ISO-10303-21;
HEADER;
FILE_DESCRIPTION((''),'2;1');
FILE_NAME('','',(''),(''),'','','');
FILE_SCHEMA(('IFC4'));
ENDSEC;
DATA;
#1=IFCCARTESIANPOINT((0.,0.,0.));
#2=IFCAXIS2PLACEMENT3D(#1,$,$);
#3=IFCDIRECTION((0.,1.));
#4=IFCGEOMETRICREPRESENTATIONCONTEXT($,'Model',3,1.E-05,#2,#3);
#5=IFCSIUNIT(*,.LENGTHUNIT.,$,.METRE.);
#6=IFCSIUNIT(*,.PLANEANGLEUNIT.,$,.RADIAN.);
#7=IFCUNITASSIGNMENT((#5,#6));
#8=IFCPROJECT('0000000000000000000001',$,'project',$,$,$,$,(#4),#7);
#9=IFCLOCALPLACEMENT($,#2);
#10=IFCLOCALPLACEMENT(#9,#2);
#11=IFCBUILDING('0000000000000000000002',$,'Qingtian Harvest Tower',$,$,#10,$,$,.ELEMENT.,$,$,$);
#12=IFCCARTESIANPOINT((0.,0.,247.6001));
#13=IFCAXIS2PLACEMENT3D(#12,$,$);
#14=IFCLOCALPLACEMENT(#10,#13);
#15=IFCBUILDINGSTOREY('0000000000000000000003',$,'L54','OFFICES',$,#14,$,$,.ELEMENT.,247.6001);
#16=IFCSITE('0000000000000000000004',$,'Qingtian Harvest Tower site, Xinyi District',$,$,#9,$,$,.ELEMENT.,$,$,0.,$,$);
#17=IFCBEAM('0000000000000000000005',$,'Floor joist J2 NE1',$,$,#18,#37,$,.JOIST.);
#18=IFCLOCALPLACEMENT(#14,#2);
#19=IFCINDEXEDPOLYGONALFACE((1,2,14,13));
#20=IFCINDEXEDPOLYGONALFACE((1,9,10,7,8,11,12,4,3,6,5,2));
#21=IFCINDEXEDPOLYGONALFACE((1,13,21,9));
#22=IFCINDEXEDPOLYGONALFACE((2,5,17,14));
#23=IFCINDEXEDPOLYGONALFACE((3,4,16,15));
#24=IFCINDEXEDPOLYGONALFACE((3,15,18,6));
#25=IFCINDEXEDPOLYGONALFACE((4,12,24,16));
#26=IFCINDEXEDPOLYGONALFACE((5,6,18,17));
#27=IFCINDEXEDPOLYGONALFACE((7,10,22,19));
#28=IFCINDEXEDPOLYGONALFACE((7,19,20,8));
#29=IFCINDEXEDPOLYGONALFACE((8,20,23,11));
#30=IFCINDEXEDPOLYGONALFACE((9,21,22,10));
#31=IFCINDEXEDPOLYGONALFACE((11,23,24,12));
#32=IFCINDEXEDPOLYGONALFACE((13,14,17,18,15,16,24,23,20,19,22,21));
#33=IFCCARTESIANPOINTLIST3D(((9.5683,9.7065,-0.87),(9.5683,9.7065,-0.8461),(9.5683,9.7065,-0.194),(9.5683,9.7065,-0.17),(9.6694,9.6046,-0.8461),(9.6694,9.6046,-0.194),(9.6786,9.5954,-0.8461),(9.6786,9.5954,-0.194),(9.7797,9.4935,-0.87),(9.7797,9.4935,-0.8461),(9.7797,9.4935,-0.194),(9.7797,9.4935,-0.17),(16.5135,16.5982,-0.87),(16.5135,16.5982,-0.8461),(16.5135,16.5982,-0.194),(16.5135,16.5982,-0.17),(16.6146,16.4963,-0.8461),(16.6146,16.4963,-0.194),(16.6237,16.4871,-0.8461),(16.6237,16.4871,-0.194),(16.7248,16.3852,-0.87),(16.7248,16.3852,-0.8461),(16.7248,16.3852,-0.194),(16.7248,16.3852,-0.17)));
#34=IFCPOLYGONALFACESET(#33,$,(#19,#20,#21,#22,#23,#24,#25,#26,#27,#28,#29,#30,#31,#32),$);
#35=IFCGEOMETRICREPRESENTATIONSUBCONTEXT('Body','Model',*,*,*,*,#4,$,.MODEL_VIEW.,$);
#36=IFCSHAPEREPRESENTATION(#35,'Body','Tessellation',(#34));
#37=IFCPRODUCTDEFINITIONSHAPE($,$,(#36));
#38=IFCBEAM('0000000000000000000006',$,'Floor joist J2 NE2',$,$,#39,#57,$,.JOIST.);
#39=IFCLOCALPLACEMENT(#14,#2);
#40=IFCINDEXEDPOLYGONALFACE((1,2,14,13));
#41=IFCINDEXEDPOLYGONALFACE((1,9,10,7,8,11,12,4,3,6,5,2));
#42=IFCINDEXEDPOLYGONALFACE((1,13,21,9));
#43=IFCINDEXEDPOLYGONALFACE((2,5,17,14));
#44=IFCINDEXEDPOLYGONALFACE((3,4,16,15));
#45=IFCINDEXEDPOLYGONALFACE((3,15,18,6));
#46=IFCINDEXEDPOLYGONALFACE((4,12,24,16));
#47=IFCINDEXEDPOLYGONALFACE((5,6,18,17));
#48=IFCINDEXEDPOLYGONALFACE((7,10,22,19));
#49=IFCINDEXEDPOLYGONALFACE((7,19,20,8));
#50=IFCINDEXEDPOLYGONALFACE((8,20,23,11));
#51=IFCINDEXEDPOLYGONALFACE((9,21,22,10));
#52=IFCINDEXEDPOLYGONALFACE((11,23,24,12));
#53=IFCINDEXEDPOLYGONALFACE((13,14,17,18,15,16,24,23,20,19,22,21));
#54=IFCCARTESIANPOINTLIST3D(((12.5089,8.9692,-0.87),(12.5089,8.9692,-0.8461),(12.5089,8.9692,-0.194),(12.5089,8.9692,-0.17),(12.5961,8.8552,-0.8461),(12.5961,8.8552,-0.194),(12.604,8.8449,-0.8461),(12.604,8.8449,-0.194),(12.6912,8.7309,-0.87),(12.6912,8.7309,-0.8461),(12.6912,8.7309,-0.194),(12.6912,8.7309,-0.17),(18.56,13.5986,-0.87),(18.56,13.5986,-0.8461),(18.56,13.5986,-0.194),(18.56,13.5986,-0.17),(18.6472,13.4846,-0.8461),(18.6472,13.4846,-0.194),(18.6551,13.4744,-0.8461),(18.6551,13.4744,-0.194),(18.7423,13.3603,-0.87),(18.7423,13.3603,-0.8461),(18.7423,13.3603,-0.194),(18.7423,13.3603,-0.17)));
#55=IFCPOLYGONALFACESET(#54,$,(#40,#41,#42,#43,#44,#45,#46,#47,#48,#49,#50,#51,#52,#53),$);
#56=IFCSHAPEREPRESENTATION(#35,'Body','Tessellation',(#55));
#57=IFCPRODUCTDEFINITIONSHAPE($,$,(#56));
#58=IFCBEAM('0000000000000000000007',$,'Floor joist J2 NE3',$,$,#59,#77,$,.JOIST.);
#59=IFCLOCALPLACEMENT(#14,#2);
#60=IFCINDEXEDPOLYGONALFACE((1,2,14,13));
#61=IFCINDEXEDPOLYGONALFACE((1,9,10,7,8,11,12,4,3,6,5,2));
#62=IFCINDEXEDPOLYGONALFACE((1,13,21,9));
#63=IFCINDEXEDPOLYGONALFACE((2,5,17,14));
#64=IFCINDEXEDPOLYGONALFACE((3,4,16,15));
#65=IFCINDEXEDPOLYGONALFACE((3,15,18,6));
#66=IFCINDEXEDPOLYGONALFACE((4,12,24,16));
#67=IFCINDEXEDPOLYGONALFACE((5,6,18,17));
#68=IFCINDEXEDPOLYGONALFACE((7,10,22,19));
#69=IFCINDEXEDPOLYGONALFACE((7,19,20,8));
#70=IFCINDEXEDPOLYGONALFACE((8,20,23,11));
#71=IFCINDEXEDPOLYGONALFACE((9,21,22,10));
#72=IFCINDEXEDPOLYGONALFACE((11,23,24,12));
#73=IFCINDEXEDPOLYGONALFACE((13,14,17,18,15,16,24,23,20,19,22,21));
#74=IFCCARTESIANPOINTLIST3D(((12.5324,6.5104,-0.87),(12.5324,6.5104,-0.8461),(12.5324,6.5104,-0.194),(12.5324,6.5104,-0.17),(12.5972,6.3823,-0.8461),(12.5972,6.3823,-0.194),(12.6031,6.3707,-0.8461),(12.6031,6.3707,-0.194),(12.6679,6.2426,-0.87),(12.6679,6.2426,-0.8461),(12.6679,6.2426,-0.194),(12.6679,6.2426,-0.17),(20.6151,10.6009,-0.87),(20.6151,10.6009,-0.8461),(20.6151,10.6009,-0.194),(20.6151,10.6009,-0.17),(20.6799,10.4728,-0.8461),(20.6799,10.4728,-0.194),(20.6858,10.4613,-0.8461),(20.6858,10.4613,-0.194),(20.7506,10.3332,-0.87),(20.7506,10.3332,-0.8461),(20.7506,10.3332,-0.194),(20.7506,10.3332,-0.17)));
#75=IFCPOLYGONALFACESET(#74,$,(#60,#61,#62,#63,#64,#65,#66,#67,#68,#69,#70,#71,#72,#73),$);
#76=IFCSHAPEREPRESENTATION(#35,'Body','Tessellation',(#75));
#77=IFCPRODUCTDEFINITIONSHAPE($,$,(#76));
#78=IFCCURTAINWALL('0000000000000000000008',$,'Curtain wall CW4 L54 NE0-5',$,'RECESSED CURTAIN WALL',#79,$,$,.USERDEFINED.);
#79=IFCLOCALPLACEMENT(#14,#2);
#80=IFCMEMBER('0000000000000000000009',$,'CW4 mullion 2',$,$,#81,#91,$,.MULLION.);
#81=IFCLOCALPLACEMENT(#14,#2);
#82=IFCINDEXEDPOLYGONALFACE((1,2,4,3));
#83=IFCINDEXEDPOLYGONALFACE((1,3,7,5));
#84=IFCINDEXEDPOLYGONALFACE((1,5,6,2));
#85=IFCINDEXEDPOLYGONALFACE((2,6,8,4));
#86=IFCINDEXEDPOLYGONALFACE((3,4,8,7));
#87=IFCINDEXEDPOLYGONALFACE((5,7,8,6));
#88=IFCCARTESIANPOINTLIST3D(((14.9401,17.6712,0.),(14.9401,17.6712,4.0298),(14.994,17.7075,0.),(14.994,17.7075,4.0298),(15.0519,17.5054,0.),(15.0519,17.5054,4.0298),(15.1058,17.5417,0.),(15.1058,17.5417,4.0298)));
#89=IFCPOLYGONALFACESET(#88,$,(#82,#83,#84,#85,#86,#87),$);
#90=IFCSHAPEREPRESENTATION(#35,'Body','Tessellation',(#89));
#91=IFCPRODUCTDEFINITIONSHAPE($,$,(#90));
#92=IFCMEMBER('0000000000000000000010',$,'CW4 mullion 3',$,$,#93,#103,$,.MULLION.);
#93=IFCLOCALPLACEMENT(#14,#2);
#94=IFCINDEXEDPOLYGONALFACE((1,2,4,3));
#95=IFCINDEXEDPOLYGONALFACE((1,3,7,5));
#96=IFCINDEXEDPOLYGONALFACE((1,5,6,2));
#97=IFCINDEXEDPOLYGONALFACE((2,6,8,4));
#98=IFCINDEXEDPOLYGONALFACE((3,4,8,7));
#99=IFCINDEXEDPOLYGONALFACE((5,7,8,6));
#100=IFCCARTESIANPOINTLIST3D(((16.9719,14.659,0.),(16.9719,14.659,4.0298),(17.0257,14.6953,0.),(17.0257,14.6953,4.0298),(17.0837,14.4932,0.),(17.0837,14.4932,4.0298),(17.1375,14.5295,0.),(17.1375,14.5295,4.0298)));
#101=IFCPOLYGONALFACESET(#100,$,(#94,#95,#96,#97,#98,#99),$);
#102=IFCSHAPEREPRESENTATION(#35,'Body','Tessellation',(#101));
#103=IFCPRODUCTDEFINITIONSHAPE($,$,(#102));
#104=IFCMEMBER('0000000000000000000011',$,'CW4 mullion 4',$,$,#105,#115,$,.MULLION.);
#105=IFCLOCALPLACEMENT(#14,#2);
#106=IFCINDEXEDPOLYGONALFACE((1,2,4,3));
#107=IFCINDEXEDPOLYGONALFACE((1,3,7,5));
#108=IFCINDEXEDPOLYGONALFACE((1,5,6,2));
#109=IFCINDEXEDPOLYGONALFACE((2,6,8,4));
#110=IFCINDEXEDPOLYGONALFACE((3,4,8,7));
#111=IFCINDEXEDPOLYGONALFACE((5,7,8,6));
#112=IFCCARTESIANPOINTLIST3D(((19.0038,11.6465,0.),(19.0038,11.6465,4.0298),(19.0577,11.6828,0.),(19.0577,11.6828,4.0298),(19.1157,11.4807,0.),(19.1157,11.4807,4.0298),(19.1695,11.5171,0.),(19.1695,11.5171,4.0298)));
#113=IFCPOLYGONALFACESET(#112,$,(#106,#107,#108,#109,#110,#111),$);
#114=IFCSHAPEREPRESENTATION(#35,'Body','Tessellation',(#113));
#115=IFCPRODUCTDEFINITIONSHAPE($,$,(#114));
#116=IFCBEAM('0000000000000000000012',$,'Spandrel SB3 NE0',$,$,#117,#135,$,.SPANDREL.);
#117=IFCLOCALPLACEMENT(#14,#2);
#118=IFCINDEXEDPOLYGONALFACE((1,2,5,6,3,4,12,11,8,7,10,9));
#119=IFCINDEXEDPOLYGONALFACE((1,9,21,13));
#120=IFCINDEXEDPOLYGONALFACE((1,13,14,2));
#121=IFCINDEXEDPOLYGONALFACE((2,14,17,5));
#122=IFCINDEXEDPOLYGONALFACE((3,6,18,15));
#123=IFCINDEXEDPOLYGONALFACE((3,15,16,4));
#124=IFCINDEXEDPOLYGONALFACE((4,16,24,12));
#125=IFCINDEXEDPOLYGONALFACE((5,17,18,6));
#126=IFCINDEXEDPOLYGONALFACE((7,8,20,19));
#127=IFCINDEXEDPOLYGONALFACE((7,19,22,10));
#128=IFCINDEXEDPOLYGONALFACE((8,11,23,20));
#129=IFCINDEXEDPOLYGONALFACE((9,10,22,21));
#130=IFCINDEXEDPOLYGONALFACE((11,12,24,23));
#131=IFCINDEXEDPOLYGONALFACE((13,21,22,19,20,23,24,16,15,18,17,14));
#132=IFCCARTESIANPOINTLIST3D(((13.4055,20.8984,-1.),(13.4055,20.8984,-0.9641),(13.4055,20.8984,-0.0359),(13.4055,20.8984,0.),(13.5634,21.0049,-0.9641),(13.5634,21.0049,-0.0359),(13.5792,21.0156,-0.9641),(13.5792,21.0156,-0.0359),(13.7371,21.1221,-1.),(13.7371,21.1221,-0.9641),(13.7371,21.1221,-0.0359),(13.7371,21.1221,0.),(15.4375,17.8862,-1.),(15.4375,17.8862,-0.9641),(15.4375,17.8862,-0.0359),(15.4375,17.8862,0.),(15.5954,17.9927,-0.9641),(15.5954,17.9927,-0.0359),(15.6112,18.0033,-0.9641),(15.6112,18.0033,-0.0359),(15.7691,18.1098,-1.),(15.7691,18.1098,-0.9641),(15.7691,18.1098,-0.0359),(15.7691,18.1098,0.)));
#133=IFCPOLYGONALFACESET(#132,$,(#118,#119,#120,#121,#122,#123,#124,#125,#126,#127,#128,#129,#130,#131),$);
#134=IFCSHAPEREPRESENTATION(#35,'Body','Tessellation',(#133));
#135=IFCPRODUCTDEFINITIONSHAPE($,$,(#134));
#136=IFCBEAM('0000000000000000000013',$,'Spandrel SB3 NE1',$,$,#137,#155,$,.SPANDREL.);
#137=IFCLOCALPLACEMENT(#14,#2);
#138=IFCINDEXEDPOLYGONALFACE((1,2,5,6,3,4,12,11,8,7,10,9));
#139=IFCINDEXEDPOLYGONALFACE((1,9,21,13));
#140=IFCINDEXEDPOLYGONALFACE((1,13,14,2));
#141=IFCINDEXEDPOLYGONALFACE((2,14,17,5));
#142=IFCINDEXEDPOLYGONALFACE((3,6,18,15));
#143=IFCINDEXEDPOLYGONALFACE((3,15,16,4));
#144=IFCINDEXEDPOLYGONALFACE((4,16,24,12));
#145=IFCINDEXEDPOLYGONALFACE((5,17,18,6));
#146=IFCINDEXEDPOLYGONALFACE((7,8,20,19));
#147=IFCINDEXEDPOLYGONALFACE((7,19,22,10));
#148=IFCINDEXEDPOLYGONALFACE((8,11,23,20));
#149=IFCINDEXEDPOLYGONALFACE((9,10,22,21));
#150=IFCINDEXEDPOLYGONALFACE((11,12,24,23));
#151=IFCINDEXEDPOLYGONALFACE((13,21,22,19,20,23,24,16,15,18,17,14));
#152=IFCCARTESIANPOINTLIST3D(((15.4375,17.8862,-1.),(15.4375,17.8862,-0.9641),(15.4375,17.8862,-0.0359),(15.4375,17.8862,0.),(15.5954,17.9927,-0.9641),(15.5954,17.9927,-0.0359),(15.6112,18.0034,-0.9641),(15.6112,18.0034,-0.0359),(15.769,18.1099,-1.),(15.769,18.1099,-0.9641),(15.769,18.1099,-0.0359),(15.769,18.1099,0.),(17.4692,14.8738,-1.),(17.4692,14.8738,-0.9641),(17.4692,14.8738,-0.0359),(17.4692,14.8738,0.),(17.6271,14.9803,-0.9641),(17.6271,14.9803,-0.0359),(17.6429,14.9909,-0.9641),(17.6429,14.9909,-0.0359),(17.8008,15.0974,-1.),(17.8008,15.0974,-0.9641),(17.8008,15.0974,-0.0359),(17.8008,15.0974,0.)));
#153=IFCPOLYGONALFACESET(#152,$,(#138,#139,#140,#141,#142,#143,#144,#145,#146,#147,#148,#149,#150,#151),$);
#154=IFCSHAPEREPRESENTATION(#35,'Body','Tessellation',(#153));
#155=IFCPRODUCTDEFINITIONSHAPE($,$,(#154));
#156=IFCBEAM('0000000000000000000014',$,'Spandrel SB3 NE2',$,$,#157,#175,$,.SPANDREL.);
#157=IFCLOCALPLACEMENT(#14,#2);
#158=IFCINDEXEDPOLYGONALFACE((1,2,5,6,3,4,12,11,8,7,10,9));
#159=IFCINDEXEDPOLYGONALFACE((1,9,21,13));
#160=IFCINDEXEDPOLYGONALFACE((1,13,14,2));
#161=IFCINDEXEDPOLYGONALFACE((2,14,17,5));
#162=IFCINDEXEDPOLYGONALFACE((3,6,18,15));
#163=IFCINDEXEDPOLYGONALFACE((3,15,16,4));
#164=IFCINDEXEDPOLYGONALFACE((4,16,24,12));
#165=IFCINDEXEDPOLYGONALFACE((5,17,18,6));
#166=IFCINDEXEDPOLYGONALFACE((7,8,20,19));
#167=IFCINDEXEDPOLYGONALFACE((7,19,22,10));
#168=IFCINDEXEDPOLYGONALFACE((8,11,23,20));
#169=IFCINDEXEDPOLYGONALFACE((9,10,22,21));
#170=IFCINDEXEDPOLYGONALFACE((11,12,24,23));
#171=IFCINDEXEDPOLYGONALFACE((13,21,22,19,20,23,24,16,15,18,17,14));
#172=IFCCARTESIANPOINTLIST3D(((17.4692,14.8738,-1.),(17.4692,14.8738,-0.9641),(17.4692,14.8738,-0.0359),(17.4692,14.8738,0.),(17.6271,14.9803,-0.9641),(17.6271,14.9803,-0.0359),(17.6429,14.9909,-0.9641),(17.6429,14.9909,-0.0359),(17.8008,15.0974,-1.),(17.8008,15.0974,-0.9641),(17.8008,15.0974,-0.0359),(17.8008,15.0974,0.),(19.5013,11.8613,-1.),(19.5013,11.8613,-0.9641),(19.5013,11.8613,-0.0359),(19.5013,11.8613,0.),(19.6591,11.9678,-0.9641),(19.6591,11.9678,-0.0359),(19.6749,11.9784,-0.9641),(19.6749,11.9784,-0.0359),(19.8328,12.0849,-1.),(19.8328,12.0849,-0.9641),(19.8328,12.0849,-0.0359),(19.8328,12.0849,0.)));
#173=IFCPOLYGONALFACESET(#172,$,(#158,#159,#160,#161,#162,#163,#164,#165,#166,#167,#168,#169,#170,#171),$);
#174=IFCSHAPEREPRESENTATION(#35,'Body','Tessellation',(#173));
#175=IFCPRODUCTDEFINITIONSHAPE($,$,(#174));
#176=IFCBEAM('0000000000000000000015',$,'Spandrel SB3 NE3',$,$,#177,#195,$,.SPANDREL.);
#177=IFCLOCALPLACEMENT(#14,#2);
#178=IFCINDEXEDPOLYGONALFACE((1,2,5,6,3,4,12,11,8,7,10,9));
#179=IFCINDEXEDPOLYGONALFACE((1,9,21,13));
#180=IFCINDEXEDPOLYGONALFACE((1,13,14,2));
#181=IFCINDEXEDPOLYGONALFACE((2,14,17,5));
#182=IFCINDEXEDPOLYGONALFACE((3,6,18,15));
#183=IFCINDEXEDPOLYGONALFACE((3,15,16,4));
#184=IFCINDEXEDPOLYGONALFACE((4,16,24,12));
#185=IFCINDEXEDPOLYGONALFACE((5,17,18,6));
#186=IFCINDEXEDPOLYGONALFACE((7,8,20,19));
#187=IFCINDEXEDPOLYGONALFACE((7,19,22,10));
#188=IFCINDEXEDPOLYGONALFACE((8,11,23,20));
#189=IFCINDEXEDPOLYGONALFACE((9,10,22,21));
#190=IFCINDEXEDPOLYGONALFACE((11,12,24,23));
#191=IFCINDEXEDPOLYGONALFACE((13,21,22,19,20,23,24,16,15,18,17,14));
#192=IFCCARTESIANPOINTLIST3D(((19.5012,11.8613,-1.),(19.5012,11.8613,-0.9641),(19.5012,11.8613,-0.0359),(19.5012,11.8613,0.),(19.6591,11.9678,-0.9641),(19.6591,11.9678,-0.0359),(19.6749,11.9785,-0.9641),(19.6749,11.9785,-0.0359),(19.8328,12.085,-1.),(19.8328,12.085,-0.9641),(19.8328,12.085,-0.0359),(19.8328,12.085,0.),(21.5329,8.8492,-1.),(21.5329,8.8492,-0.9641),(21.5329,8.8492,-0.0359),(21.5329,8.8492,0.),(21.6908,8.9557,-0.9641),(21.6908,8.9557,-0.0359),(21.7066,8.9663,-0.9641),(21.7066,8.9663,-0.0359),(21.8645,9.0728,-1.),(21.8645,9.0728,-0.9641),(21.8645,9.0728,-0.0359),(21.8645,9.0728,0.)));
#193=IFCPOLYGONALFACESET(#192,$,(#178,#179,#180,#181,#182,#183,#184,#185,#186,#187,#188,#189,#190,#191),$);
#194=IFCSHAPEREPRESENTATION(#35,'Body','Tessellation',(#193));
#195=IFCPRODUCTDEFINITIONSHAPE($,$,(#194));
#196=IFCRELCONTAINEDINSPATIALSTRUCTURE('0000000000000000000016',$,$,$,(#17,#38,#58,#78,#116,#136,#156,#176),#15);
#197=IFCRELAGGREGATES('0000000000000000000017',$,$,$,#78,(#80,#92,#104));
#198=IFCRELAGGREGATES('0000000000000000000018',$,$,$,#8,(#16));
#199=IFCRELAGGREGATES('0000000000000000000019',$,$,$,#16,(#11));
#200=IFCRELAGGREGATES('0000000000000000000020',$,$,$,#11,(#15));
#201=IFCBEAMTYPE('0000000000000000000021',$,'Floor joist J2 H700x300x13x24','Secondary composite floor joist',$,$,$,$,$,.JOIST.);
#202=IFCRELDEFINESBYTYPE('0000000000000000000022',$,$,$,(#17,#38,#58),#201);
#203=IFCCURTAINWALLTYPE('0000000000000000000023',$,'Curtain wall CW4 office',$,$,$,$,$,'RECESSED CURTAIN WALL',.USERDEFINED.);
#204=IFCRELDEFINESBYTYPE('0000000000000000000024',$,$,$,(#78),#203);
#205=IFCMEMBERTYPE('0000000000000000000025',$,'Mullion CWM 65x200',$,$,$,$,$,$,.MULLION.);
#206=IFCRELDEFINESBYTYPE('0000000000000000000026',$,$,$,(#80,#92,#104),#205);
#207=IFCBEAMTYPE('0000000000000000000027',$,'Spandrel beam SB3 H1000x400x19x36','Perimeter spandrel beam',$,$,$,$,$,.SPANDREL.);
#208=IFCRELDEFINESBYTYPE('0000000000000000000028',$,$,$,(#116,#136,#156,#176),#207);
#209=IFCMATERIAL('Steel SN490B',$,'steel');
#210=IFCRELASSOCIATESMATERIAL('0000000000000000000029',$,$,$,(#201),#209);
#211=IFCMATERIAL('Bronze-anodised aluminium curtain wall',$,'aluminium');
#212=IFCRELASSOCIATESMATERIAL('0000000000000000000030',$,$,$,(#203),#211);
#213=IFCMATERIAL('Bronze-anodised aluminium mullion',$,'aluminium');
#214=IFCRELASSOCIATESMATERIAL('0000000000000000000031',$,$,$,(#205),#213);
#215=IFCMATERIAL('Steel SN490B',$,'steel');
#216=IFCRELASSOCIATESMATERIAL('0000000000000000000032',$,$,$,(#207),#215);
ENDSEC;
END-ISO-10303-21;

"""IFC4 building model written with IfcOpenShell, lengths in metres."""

from ifc_helpers import new_model, si_unit, direction, frame, origin, origin_2d, place, context, subcontext, project, spatial, rectangle, i_section, extrude, material, material_profile, profile_set, type_object, element, aggregate, save


model = new_model("IFC4")

# Units and contexts
model_context = context("Model", 3, precision=1e-05, world=origin(), true_north=direction((0.0, 1.0)))
body_context = subcontext(model_context, "Body", "Model", "MODEL_VIEW")
ifc_project = project(units=[si_unit("LENGTHUNIT", "METRE"), si_unit("PLANEANGLEUNIT", "RADIAN")], contexts=[model_context])

# Site, building, storey
site_placement = place(None, origin())
site = spatial("IfcSite", under=ifc_project, at=site_placement, Name="Qingtian Harvest Tower site, Xinyi District", CompositionType="ELEMENT", RefElevation=0.0)
building_placement = place(site_placement, origin())
building = spatial("IfcBuilding", under=site, at=building_placement, Name="Qingtian Harvest Tower", CompositionType="ELEMENT")
storey_placement = place(building_placement, frame((0.0, 0.0, 247.6001)))
storey = spatial("IfcBuildingStorey", under=building, at=storey_placement, Name="L54", Description="OFFICES", CompositionType="ELEMENT", Elevation=247.6001)

# Beams
ifc_material_1 = material(Name="Steel SN490B", Category="steel")
ifc_material_profile_1 = material_profile(ifc_material_1, i_section(OverallWidth=0.3, OverallDepth=0.7, WebThickness=0.0129, FlangeThickness=0.0239, at=origin_2d()), Name="H700x300x13x24")
ifc_profile_set_1 = profile_set([ifc_material_profile_1], Name="Steel SN490B")
beam_type_1 = type_object("IfcBeamType", Name="Floor joist J2 H700x300x13x24", Description="Secondary composite floor joist", PredefinedType="JOIST", material=ifc_profile_set_1)
beam_1_placement = place(storey_placement, frame((16.6191, 16.4917, -0.52), z_axis=(-0.709834, -0.704369, 0.0), x_axis=(0.704369, -0.709834, 0.0)))
element("IfcBeam", 1, at=beam_1_placement, inside=storey, type_object=beam_type_1, Name="Floor joist J2 NE1", PredefinedType="JOIST", context=body_context, shape_type="SweptSolid", body=[
    extrude(i_section(OverallWidth=0.3, OverallDepth=0.7, WebThickness=0.0129, FlangeThickness=0.0239, at=origin_2d()), origin(), (0.0, 0.0, 1.0), 9.7842),
])
beam_2_placement = place(storey_placement, frame((18.6511, 13.4795, -0.52), z_axis=(-0.794222, -0.607627, 0.0), x_axis=(0.607627, -0.794222, 0.0)))
element("IfcBeam", 2, at=beam_2_placement, inside=storey, type_object=beam_type_1, Name="Floor joist J2 NE2", PredefinedType="JOIST", context=body_context, shape_type="SweptSolid", body=[
    extrude(i_section(OverallWidth=0.3, OverallDepth=0.7, WebThickness=0.0129, FlangeThickness=0.0239, at=origin_2d()), origin(), (0.0, 0.0, 1.0), 7.6189),
])
beam_3_placement = place(storey_placement, frame((20.6829, 10.467, -0.52), z_axis=(-0.892244, -0.451553, 0.0), x_axis=(0.451553, -0.892244, 0.0)))
element("IfcBeam", 3, at=beam_3_placement, inside=storey, type_object=beam_type_1, Name="Floor joist J2 NE3", PredefinedType="JOIST", context=body_context, shape_type="SweptSolid", body=[
    extrude(i_section(OverallWidth=0.3, OverallDepth=0.7, WebThickness=0.0129, FlangeThickness=0.0239, at=origin_2d()), origin(), (0.0, 0.0, 1.0), 9.0588),
])

# Curtain wall, members
ifc_material_2 = material(Name="Bronze-anodised aluminium curtain wall", Category="aluminium")
curtain_wall_type = type_object("IfcCurtainWallType", Name="Curtain wall CW4 office", ElementType="RECESSED CURTAIN WALL", PredefinedType="USERDEFINED", material=ifc_material_2)
curtain_wall_placement = place(storey_placement, origin())
curtain_wall = element("IfcCurtainWall", 4, at=curtain_wall_placement, inside=storey, type_object=curtain_wall_type, Name="Curtain wall CW4 L54 NE0-5", ObjectType="RECESSED CURTAIN WALL", PredefinedType="USERDEFINED")
ifc_material_3 = material(Name="Bronze-anodised aluminium mullion", Category="aluminium")
ifc_material_profile_2 = material_profile(ifc_material_3, rectangle(XDim=0.0649, YDim=0.2, at=origin_2d()), Name="AL 65x200")
ifc_profile_set_2 = profile_set([ifc_material_profile_2], Name="Bronze-anodised aluminium mullion")
member_type_1 = type_object("IfcMemberType", Name="Mullion CWM 65x200", PredefinedType="MULLION", material=ifc_profile_set_2)
member_1_placement = place(storey_placement, frame((15.0229, 17.6064, 0.0), z_axis=(0.0, 0.0, 1.0), x_axis=(0.829038, 0.559193, 0.0)))
member_1 = element("IfcMember", 5, at=member_1_placement, type_object=member_type_1, Name="CW4 mullion 2", PredefinedType="MULLION", context=body_context, shape_type="SweptSolid", body=[
    extrude(rectangle(XDim=0.0649, YDim=0.2, at=origin_2d()), origin(), (0.0, 0.0, 1.0), 4.0298),
])
member_2_placement = place(storey_placement, frame((17.0547, 14.5942, 0.0), z_axis=(0.0, 0.0, 1.0), x_axis=(0.829038, 0.559193, 0.0)))
member_2 = element("IfcMember", 6, at=member_2_placement, type_object=member_type_1, Name="CW4 mullion 3", PredefinedType="MULLION", context=body_context, shape_type="SweptSolid", body=[
    extrude(rectangle(XDim=0.0649, YDim=0.2, at=origin_2d()), origin(), (0.0, 0.0, 1.0), 4.0298),
])
member_3_placement = place(storey_placement, frame((19.0867, 11.5818, 0.0), z_axis=(0.0, 0.0, 1.0), x_axis=(0.829038, 0.559193, 0.0)))
member_3 = element("IfcMember", 7, at=member_3_placement, type_object=member_type_1, Name="CW4 mullion 4", PredefinedType="MULLION", context=body_context, shape_type="SweptSolid", body=[
    extrude(rectangle(XDim=0.0649, YDim=0.2, at=origin_2d()), origin(), (0.0, 0.0, 1.0), 4.0298),
])

# Beams
ifc_material_4 = material(Name="Steel SN490B", Category="steel")
ifc_material_profile_3 = material_profile(ifc_material_4, i_section(OverallWidth=0.3999, OverallDepth=1.0, WebThickness=0.019, FlangeThickness=0.0359, at=origin_2d()), Name="H1000x400x19x36")
ifc_profile_set_3 = profile_set([ifc_material_profile_3], Name="Steel SN490B")
beam_type_2 = type_object("IfcBeamType", Name="Spandrel beam SB3 H1000x400x19x36", Description="Perimeter spandrel beam", PredefinedType="SPANDREL", material=ifc_profile_set_3)
for number, where, z_axis, x_axis, name in (
    (8, (13.5713, 21.0103, -0.5), (0.559235, -0.829009, 0.0), (0.829009, 0.559235, 0.0), "Spandrel SB3 NE0"),
    (9, (15.6033, 17.998, -0.5), (0.559158, -0.829061, 0.0), (0.829061, 0.559158, 0.0), "Spandrel SB3 NE1"),
):
    element("IfcBeam", number, at=place(storey_placement, frame(where, z_axis=z_axis, x_axis=x_axis)), inside=storey, type_object=beam_type_2, Name=name, PredefinedType="SPANDREL", context=body_context, shape_type="SweptSolid", body=[
        extrude(i_section(OverallWidth=0.3999, OverallDepth=1.0, WebThickness=0.019, FlangeThickness=0.0359, at=origin_2d()), origin(), (0.0, 0.0, 1.0), 3.6335),
    ])
beam_4_placement = place(storey_placement, frame((17.635, 14.9856, -0.5), z_axis=(0.559204, -0.82903, 0.0), x_axis=(0.82903, 0.559204, 0.0)))
element("IfcBeam", 10, at=beam_4_placement, inside=storey, type_object=beam_type_2, Name="Spandrel SB3 NE2", PredefinedType="SPANDREL", context=body_context, shape_type="SweptSolid", body=[
    extrude(i_section(OverallWidth=0.3999, OverallDepth=1.0, WebThickness=0.019, FlangeThickness=0.0359, at=origin_2d()), origin(), (0.0, 0.0, 1.0), 3.6338),
])
beam_5_placement = place(storey_placement, frame((19.667, 11.9731, -0.5), z_axis=(0.559189, -0.82904, 0.0), x_axis=(0.82904, 0.559189, 0.0)))
element("IfcBeam", 11, at=beam_5_placement, inside=storey, type_object=beam_type_2, Name="Spandrel SB3 NE3", PredefinedType="SPANDREL", context=body_context, shape_type="SweptSolid", body=[
    extrude(i_section(OverallWidth=0.3999, OverallDepth=1.0, WebThickness=0.019, FlangeThickness=0.0359, at=origin_2d()), origin(), (0.0, 0.0, 1.0), 3.6333),
])

aggregate(curtain_wall, [member_1, member_2, member_3])

save(model, "model.ifc")
